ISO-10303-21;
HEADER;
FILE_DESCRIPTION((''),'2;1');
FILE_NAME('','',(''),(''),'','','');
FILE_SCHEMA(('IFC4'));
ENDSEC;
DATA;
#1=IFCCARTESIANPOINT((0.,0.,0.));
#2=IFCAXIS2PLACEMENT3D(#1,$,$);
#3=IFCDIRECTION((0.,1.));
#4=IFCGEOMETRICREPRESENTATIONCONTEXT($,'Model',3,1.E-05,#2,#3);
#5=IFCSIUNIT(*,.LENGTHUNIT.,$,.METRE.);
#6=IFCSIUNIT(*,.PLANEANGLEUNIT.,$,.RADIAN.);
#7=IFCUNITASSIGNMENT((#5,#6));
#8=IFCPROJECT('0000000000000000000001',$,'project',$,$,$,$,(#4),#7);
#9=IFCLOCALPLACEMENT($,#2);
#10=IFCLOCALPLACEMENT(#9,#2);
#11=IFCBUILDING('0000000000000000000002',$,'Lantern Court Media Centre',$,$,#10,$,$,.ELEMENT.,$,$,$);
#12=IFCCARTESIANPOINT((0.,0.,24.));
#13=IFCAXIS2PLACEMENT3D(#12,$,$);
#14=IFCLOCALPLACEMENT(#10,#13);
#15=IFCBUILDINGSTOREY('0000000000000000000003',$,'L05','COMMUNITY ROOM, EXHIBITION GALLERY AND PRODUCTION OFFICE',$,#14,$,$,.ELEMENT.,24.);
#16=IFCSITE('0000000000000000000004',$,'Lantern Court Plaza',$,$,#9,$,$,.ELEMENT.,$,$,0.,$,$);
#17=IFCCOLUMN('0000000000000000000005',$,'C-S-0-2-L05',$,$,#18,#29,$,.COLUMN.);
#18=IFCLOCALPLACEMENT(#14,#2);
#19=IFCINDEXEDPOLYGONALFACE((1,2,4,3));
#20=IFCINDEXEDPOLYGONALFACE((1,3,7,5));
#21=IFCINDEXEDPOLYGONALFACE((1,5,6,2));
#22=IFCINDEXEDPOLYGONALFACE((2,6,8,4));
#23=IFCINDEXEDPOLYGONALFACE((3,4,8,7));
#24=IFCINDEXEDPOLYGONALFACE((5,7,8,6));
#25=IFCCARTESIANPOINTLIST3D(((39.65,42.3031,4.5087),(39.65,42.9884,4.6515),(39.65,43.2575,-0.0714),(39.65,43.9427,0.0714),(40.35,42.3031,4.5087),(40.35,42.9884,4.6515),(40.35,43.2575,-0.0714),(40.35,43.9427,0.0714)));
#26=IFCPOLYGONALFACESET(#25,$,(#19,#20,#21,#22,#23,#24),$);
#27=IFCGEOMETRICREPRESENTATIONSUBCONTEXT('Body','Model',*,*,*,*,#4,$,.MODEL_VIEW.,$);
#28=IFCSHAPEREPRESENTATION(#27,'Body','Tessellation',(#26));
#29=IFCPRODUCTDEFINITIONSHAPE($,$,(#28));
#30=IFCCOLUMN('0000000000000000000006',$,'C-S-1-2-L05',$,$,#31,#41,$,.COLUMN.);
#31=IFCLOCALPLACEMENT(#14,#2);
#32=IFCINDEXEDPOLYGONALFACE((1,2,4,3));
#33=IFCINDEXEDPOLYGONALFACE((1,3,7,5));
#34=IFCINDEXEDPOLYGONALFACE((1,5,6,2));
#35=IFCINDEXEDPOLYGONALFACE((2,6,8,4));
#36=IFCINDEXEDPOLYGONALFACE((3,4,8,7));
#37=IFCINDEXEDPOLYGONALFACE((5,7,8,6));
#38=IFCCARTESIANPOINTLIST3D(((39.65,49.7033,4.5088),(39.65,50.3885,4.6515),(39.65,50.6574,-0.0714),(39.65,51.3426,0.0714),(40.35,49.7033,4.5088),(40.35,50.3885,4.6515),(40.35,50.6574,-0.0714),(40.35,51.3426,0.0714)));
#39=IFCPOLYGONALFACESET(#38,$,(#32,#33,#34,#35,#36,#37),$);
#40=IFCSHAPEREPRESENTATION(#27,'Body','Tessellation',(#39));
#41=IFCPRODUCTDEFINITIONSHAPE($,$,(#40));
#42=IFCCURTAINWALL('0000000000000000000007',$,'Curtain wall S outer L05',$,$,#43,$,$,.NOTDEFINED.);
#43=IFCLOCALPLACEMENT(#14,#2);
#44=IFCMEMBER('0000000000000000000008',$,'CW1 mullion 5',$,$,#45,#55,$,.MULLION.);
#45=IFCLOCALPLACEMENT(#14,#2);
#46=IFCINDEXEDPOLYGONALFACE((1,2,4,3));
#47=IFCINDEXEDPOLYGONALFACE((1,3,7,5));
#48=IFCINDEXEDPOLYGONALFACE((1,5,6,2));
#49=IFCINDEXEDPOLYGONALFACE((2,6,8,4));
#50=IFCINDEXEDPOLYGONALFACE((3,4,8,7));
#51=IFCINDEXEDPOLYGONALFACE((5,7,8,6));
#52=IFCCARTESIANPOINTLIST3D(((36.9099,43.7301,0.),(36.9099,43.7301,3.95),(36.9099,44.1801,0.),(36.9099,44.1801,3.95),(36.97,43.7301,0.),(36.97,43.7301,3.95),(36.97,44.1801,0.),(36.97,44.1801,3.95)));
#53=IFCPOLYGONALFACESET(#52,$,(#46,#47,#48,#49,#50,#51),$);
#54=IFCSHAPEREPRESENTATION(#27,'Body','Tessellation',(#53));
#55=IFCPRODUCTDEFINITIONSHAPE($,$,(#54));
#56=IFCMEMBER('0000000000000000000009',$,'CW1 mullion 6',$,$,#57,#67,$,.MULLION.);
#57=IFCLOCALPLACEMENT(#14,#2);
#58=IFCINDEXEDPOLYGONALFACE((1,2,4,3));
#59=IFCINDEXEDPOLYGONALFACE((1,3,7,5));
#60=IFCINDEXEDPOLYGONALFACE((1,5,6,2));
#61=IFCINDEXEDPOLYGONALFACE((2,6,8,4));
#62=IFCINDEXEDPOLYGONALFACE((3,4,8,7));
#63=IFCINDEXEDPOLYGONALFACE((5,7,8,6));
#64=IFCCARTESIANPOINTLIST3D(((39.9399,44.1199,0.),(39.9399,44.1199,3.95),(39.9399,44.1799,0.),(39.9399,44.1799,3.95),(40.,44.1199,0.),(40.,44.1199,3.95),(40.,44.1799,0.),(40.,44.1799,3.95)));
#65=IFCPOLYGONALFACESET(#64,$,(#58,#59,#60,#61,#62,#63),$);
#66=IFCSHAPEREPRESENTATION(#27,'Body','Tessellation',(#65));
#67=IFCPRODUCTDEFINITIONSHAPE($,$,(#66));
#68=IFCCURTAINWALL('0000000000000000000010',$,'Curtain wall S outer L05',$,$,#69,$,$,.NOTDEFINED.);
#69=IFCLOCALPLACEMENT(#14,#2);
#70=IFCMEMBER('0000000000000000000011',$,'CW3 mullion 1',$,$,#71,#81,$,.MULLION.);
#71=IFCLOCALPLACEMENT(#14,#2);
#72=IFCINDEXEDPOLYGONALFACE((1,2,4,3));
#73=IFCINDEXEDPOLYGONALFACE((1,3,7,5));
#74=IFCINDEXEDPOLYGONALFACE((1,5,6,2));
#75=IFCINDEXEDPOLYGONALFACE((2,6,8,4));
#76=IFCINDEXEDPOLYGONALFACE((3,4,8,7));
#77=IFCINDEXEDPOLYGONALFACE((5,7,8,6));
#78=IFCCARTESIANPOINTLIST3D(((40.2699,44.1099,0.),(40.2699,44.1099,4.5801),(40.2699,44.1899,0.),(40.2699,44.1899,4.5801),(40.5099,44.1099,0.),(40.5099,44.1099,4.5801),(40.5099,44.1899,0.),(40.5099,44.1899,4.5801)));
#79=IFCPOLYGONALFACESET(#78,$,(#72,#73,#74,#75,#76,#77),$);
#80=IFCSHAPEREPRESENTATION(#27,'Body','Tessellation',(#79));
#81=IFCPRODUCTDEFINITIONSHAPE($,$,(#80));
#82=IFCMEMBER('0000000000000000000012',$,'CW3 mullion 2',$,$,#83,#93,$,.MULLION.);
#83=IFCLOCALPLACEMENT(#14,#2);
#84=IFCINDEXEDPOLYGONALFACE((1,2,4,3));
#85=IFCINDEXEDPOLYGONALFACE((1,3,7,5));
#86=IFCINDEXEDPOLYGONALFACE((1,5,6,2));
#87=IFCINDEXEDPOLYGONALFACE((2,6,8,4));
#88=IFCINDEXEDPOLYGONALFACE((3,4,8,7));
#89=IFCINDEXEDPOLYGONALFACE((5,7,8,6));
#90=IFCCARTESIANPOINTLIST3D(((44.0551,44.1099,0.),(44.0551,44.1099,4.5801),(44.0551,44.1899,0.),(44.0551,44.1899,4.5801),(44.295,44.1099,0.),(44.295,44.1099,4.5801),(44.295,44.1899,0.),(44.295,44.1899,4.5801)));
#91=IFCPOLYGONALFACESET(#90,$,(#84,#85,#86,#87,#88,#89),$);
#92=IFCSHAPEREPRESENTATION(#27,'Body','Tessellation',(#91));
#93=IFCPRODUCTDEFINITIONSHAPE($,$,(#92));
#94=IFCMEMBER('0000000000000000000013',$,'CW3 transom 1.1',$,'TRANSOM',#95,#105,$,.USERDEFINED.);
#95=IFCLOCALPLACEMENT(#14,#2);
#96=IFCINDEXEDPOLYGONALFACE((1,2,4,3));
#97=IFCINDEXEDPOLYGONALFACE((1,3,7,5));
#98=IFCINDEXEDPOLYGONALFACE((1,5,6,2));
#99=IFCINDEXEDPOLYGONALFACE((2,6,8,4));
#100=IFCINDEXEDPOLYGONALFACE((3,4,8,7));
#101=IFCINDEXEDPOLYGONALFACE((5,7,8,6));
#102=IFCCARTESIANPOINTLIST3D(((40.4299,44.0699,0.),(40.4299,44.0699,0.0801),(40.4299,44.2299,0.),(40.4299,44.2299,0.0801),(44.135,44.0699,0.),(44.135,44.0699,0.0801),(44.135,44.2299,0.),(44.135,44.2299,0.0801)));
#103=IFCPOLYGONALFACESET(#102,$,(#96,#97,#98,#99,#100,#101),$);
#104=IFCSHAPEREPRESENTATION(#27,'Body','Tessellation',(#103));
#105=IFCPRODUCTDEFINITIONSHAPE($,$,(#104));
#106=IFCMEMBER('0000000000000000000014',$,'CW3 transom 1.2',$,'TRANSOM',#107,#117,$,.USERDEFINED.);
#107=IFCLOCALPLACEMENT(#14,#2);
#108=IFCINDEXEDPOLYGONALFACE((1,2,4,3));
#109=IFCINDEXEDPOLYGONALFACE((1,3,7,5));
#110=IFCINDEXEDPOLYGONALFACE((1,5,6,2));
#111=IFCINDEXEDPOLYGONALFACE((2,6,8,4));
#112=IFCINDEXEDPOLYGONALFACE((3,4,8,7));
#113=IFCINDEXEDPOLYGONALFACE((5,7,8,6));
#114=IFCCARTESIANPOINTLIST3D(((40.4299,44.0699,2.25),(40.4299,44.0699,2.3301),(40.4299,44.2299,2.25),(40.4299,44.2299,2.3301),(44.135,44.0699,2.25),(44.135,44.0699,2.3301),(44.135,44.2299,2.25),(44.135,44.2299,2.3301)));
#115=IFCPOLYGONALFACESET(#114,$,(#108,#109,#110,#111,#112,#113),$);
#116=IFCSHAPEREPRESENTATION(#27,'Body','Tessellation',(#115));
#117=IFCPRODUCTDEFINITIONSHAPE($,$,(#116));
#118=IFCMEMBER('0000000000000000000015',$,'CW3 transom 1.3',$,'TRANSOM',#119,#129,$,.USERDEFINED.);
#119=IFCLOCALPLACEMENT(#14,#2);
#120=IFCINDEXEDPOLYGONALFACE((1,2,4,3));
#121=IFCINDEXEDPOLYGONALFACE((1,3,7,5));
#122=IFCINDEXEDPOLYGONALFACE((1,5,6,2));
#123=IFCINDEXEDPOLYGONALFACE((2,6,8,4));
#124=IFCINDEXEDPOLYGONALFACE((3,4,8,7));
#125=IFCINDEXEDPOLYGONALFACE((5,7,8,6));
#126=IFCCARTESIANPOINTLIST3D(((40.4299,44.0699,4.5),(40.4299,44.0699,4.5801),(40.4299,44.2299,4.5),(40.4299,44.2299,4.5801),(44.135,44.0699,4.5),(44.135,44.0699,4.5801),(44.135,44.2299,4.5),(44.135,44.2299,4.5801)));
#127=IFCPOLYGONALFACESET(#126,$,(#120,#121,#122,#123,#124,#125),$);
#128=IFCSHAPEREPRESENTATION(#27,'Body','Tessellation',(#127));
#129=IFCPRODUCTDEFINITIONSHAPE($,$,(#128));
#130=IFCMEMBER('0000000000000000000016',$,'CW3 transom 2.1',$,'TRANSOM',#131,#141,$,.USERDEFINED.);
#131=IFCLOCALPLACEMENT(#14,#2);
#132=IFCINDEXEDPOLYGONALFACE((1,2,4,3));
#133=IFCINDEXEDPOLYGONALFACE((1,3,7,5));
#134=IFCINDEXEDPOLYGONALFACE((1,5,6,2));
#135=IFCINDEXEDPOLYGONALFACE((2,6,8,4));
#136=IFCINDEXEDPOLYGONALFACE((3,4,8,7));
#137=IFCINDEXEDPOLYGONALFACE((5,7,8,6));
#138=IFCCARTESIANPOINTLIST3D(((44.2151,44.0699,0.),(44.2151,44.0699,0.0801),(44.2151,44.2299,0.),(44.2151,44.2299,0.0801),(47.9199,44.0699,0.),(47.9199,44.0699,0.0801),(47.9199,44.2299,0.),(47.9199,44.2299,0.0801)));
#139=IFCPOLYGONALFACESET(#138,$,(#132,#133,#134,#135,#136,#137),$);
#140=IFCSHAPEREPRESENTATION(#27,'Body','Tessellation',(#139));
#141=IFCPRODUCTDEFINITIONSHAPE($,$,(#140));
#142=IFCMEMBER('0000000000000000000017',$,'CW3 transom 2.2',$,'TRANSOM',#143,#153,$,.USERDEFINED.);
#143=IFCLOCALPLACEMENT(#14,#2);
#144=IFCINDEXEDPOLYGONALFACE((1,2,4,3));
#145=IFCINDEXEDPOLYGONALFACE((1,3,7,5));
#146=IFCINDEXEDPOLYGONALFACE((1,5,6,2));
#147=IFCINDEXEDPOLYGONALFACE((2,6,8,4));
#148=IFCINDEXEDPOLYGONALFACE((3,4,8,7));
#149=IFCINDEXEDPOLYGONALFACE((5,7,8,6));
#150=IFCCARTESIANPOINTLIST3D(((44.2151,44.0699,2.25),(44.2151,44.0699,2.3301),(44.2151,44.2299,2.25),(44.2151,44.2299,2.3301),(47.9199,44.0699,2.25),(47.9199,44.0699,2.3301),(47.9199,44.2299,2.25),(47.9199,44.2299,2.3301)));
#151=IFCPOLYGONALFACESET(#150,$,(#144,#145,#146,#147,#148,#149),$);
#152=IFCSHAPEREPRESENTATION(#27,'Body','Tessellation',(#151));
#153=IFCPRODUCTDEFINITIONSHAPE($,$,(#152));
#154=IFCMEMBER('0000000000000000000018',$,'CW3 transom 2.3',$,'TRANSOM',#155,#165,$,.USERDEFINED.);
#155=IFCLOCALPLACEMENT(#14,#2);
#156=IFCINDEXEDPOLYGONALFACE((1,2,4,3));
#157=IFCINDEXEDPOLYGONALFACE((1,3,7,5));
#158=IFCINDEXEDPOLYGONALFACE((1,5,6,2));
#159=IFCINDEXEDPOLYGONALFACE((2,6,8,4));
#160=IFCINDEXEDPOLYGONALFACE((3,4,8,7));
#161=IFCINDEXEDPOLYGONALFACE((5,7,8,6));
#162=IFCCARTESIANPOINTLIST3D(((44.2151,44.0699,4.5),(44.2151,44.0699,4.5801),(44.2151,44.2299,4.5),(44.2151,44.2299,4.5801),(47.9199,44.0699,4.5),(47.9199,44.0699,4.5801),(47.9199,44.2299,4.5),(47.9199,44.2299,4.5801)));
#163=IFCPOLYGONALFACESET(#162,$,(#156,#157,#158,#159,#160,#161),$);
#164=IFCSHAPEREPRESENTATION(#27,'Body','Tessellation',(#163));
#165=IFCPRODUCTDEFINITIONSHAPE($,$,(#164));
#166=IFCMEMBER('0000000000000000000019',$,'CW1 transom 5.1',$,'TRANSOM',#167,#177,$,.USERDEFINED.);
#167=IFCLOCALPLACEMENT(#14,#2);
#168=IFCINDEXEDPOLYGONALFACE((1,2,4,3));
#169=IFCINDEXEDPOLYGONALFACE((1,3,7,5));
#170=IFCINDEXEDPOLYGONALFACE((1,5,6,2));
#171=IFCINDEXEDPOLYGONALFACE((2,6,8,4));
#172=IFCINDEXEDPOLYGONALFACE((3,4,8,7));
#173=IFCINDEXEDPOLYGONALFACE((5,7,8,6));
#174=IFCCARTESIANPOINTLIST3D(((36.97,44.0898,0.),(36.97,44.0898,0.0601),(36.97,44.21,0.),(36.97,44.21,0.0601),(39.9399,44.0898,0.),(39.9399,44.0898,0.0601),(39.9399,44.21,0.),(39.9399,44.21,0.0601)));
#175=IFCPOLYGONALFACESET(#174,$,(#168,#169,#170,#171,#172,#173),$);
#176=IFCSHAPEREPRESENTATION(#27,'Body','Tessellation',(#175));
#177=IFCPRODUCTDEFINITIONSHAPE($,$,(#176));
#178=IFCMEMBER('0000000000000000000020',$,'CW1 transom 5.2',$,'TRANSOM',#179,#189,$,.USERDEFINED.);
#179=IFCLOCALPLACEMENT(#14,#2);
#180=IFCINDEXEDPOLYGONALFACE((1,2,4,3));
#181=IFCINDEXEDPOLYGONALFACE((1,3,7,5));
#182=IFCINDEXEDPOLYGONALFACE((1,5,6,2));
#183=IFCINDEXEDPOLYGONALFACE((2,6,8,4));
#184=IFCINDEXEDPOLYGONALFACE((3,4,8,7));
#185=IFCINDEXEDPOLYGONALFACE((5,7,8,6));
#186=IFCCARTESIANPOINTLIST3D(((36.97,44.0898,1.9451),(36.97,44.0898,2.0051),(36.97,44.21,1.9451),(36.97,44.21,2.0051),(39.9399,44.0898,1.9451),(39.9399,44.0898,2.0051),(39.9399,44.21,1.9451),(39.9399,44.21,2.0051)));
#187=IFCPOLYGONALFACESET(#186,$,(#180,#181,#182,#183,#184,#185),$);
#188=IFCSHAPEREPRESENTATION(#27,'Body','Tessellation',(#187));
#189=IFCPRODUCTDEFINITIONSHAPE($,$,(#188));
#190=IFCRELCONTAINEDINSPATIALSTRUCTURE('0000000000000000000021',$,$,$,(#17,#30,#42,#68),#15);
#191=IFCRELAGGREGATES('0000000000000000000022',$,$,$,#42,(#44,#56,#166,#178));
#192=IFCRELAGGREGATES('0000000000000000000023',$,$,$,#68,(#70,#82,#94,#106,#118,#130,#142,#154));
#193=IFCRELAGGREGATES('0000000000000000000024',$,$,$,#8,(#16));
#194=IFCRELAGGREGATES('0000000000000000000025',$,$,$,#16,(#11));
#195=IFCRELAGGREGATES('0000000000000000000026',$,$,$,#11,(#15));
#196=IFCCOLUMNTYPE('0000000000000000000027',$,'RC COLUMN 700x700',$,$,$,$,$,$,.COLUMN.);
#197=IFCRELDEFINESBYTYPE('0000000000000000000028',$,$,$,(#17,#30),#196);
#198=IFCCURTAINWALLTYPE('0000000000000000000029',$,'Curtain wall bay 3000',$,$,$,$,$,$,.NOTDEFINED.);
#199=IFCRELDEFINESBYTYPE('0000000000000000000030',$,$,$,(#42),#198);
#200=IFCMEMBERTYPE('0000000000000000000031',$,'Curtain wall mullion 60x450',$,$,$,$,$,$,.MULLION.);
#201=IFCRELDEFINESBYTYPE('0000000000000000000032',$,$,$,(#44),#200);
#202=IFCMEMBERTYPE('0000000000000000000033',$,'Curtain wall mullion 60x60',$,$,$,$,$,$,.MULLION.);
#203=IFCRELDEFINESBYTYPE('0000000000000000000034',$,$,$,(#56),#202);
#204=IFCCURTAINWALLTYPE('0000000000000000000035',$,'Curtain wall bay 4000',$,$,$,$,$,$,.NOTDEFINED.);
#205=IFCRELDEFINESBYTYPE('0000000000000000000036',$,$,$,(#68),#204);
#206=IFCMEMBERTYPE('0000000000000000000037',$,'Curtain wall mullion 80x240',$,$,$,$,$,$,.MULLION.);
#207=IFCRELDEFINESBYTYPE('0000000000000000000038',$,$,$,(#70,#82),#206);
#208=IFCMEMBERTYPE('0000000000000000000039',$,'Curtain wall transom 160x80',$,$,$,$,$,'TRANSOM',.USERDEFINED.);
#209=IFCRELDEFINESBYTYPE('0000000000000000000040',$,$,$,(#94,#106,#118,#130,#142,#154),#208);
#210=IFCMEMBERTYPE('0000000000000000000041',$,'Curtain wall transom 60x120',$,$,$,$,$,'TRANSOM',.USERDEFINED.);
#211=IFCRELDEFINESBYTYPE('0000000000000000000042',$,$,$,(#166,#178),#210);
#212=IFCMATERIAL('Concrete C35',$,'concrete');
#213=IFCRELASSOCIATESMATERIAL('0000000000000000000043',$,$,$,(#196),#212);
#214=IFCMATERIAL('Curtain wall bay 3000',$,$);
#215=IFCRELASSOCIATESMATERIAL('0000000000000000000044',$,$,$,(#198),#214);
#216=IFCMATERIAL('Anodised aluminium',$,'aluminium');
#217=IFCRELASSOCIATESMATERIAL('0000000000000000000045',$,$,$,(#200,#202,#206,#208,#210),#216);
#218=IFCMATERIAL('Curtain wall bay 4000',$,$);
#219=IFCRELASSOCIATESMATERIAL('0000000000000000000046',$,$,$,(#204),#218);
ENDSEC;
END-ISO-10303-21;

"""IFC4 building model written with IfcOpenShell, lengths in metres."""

from ifc_helpers import new_model, si_unit, direction, frame, origin, origin_2d, place, context, subcontext, project, spatial, rectangle, extrude, material, material_profile, profile_set, type_object, element, aggregate, save


model = new_model("IFC4")

# Units and contexts
model_context = context("Model", 3, precision=1e-05, world=origin(), true_north=direction((0.0, 1.0)))
body_context = subcontext(model_context, "Body", "Model", "MODEL_VIEW")
ifc_project = project(units=[si_unit("LENGTHUNIT", "METRE"), si_unit("PLANEANGLEUNIT", "RADIAN")], contexts=[model_context])

# Site, building, storey
site_placement = place(None, origin())
site = spatial("IfcSite", under=ifc_project, at=site_placement, Name="Lantern Court Plaza", CompositionType="ELEMENT", RefElevation=0.0)
building_placement = place(site_placement, origin())
building = spatial("IfcBuilding", under=site, at=building_placement, Name="Lantern Court Media Centre", CompositionType="ELEMENT")
storey_placement = place(building_placement, frame((0.0, 0.0, 24.0)))
storey = spatial("IfcBuildingStorey", under=building, at=storey_placement, Name="L05", Description="COMMUNITY ROOM, EXHIBITION GALLERY AND PRODUCTION OFFICE", CompositionType="ELEMENT", Elevation=24.0)

# Columns
ifc_material_1 = material(Name="Concrete C35", Category="concrete")
ifc_material_profile_1 = material_profile(ifc_material_1, rectangle(XDim=0.7, YDim=0.7, at=origin_2d()), Name="RC 700x700")
ifc_profile_set_1 = profile_set([ifc_material_profile_1], Name="Concrete C35")
column_type = type_object("IfcColumnType", Name="RC COLUMN 700x700", PredefinedType="COLUMN", material=ifc_profile_set_1)
for number, where, z_axis, x_axis, name in (
    (1, (40.0, 43.6001, 0.0), (0.0, -0.203988, 0.978973), (1.0, 0.0, 0.0), "C-S-0-2-L05"),
    (2, (40.0, 51.0, 0.0), (0.0, -0.203938, 0.978984), (1.0, 0.0, 0.0), "C-S-1-2-L05"),
):
    element("IfcColumn", number, at=place(storey_placement, frame(where, z_axis=z_axis, x_axis=x_axis)), inside=storey, type_object=column_type, Name=name, PredefinedType="COLUMN", context=body_context, shape_type="SweptSolid", body=[
        extrude(rectangle(XDim=0.7, YDim=0.7, at=origin_2d()), origin(), (0.0, 0.0, 1.0), 4.6785),
    ])

# Curtain walls, members
ifc_material_2 = material(Name="Curtain wall bay 3000")
curtain_wall_type_1 = type_object("IfcCurtainWallType", Name="Curtain wall bay 3000", PredefinedType="NOTDEFINED", material=ifc_material_2)
curtain_wall_1_placement = place(storey_placement, origin())
curtain_wall_1 = element("IfcCurtainWall", 3, at=curtain_wall_1_placement, inside=storey, type_object=curtain_wall_type_1, Name="Curtain wall S outer L05", PredefinedType="NOTDEFINED")
ifc_material_3 = material(Name="Anodised aluminium", Category="aluminium")
ifc_material_profile_2 = material_profile(ifc_material_3, rectangle(XDim=0.45, YDim=0.0601, at=origin_2d()), Name="AL 60x450")
ifc_profile_set_2 = profile_set([ifc_material_profile_2], Name="Anodised aluminium")
member_type_1 = type_object("IfcMemberType", Name="Curtain wall mullion 60x450", PredefinedType="MULLION", material=ifc_profile_set_2)
member_1_placement = place(storey_placement, frame((36.9399, 43.9551, 0.0), z_axis=(0.0, 0.0, 1.0), x_axis=(0.0, 1.0, 0.0)))
member_1 = element("IfcMember", 4, at=member_1_placement, type_object=member_type_1, Name="CW1 mullion 5", PredefinedType="MULLION", context=body_context, shape_type="SweptSolid", body=[
    extrude(rectangle(XDim=0.45, YDim=0.0601, at=origin_2d()), origin(), (0.0, 0.0, 1.0), 3.95),
])
ifc_material_profile_3 = material_profile(ifc_material_3, rectangle(XDim=0.0601, YDim=0.0601, at=origin_2d()), Name="AL 60x60")
ifc_profile_set_3 = profile_set([ifc_material_profile_3], Name="Anodised aluminium")
member_type_2 = type_object("IfcMemberType", Name="Curtain wall mullion 60x60", PredefinedType="MULLION", material=ifc_profile_set_3)
member_2_placement = place(storey_placement, frame((39.97, 44.1499, 0.0), z_axis=(0.0, 0.0, 1.0), x_axis=(0.0, 1.0, 0.0)))
member_2 = element("IfcMember", 5, at=member_2_placement, type_object=member_type_2, Name="CW1 mullion 6", PredefinedType="MULLION", context=body_context, shape_type="SweptSolid", body=[
    extrude(rectangle(XDim=0.0601, YDim=0.0601, at=origin_2d()), origin(), (0.0, 0.0, 1.0), 3.95),
])
ifc_material_4 = material(Name="Curtain wall bay 4000")
curtain_wall_type_2 = type_object("IfcCurtainWallType", Name="Curtain wall bay 4000", PredefinedType="NOTDEFINED", material=ifc_material_4)
curtain_wall_2_placement = place(storey_placement, origin())
curtain_wall_2 = element("IfcCurtainWall", 6, at=curtain_wall_2_placement, inside=storey, type_object=curtain_wall_type_2, Name="Curtain wall S outer L05", PredefinedType="NOTDEFINED")
ifc_material_profile_4 = material_profile(ifc_material_3, rectangle(XDim=0.0801, YDim=0.24, at=origin_2d()), Name="AL 80x240")
ifc_profile_set_4 = profile_set([ifc_material_profile_4], Name="Anodised aluminium")
member_type_3 = type_object("IfcMemberType", Name="Curtain wall mullion 80x240", PredefinedType="MULLION", material=ifc_profile_set_4)
member_3_placement = place(storey_placement, frame((40.3899, 44.1499, 0.0), z_axis=(0.0, 0.0, 1.0), x_axis=(0.0, 1.0, 0.0)))
member_3 = element("IfcMember", 7, at=member_3_placement, type_object=member_type_3, Name="CW3 mullion 1", PredefinedType="MULLION", context=body_context, shape_type="SweptSolid", body=[
    extrude(rectangle(XDim=0.0801, YDim=0.24, at=origin_2d()), origin(), (0.0, 0.0, 1.0), 4.5801),
])
member_4_placement = place(storey_placement, frame((44.175, 44.1499, 0.0), z_axis=(0.0, 0.0, 1.0), x_axis=(0.0, 1.0, 0.0)))
member_4 = element("IfcMember", 8, at=member_4_placement, type_object=member_type_3, Name="CW3 mullion 2", PredefinedType="MULLION", context=body_context, shape_type="SweptSolid", body=[
    extrude(rectangle(XDim=0.0801, YDim=0.24, at=origin_2d()), origin(), (0.0, 0.0, 1.0), 4.5801),
])
ifc_material_profile_5 = material_profile(ifc_material_3, rectangle(XDim=0.1599, YDim=0.0801, at=origin_2d()), Name="AL 80x160")
ifc_profile_set_5 = profile_set([ifc_material_profile_5], Name="Anodised aluminium")
member_type_4 = type_object("IfcMemberType", Name="Curtain wall transom 160x80", ElementType="TRANSOM", PredefinedType="USERDEFINED", material=ifc_profile_set_5)
member_5_placement = place(storey_placement, frame((40.4299, 44.1499, 0.04), z_axis=(1.0, 0.0, 0.0), x_axis=(0.0, 1.0, 0.0)))
member_5 = element("IfcMember", 9, at=member_5_placement, type_object=member_type_4, Name="CW3 transom 1.1", ObjectType="TRANSOM", PredefinedType="USERDEFINED", context=body_context, shape_type="SweptSolid", body=[
    extrude(rectangle(XDim=0.1599, YDim=0.0801, at=origin_2d()), origin(), (0.0, 0.0, 1.0), 3.7051),
])
member_6_placement = place(storey_placement, frame((40.4299, 44.1499, 2.29), z_axis=(1.0, 0.0, 0.0), x_axis=(0.0, 1.0, 0.0)))
member_6 = element("IfcMember", 10, at=member_6_placement, type_object=member_type_4, Name="CW3 transom 1.2", ObjectType="TRANSOM", PredefinedType="USERDEFINED", context=body_context, shape_type="SweptSolid", body=[
    extrude(rectangle(XDim=0.1599, YDim=0.0801, at=origin_2d()), origin(), (0.0, 0.0, 1.0), 3.7051),
])
member_7_placement = place(storey_placement, frame((40.4299, 44.1499, 4.54), z_axis=(1.0, 0.0, 0.0), x_axis=(0.0, 1.0, 0.0)))
member_7 = element("IfcMember", 11, at=member_7_placement, type_object=member_type_4, Name="CW3 transom 1.3", ObjectType="TRANSOM", PredefinedType="USERDEFINED", context=body_context, shape_type="SweptSolid", body=[
    extrude(rectangle(XDim=0.1599, YDim=0.0801, at=origin_2d()), origin(), (0.0, 0.0, 1.0), 3.7051),
])
member_8_placement = place(storey_placement, frame((44.2151, 44.1499, 0.04), z_axis=(1.0, 0.0, 0.0), x_axis=(0.0, 1.0, 0.0)))
member_8 = element("IfcMember", 12, at=member_8_placement, type_object=member_type_4, Name="CW3 transom 2.1", ObjectType="TRANSOM", PredefinedType="USERDEFINED", context=body_context, shape_type="SweptSolid", body=[
    extrude(rectangle(XDim=0.1599, YDim=0.0801, at=origin_2d()), origin(), (0.0, 0.0, 1.0), 3.7048),
])
member_9_placement = place(storey_placement, frame((44.2151, 44.1499, 2.29), z_axis=(1.0, 0.0, 0.0), x_axis=(0.0, 1.0, 0.0)))
member_9 = element("IfcMember", 13, at=member_9_placement, type_object=member_type_4, Name="CW3 transom 2.2", ObjectType="TRANSOM", PredefinedType="USERDEFINED", context=body_context, shape_type="SweptSolid", body=[
    extrude(rectangle(XDim=0.1599, YDim=0.0801, at=origin_2d()), origin(), (0.0, 0.0, 1.0), 3.7048),
])
member_10_placement = place(storey_placement, frame((44.2151, 44.1499, 4.54), z_axis=(1.0, 0.0, 0.0), x_axis=(0.0, 1.0, 0.0)))
member_10 = element("IfcMember", 14, at=member_10_placement, type_object=member_type_4, Name="CW3 transom 2.3", ObjectType="TRANSOM", PredefinedType="USERDEFINED", context=body_context, shape_type="SweptSolid", body=[
    extrude(rectangle(XDim=0.1599, YDim=0.0801, at=origin_2d()), origin(), (0.0, 0.0, 1.0), 3.7048),
])

# Members
ifc_material_profile_6 = material_profile(ifc_material_3, rectangle(XDim=0.1201, YDim=0.0601, at=origin_2d()), Name="AL 60x120")
ifc_profile_set_6 = profile_set([ifc_material_profile_6], Name="Anodised aluminium")
member_type_5 = type_object("IfcMemberType", Name="Curtain wall transom 60x120", ElementType="TRANSOM", PredefinedType="USERDEFINED", material=ifc_profile_set_6)
member_11_placement = place(storey_placement, frame((36.97, 44.1499, 0.03), z_axis=(1.0, 0.0, 0.0), x_axis=(0.0, 1.0, 0.0)))
member_11 = element("IfcMember", 15, at=member_11_placement, type_object=member_type_5, Name="CW1 transom 5.1", ObjectType="TRANSOM", PredefinedType="USERDEFINED", context=body_context, shape_type="SweptSolid", body=[
    extrude(rectangle(XDim=0.1201, YDim=0.0601, at=origin_2d()), origin(), (0.0, 0.0, 1.0), 2.97),
])
member_12_placement = place(storey_placement, frame((36.97, 44.1499, 1.9751), z_axis=(1.0, 0.0, 0.0), x_axis=(0.0, 1.0, 0.0)))
member_12 = element("IfcMember", 16, at=member_12_placement, type_object=member_type_5, Name="CW1 transom 5.2", ObjectType="TRANSOM", PredefinedType="USERDEFINED", context=body_context, shape_type="SweptSolid", body=[
    extrude(rectangle(XDim=0.1201, YDim=0.0601, at=origin_2d()), origin(), (0.0, 0.0, 1.0), 2.97),
])

aggregate(curtain_wall_1, [member_1, member_2, member_11, member_12])
aggregate(curtain_wall_2, [member_3, member_4, member_5, member_6, member_7, member_8, member_9, member_10])

save(model, "model.ifc")
